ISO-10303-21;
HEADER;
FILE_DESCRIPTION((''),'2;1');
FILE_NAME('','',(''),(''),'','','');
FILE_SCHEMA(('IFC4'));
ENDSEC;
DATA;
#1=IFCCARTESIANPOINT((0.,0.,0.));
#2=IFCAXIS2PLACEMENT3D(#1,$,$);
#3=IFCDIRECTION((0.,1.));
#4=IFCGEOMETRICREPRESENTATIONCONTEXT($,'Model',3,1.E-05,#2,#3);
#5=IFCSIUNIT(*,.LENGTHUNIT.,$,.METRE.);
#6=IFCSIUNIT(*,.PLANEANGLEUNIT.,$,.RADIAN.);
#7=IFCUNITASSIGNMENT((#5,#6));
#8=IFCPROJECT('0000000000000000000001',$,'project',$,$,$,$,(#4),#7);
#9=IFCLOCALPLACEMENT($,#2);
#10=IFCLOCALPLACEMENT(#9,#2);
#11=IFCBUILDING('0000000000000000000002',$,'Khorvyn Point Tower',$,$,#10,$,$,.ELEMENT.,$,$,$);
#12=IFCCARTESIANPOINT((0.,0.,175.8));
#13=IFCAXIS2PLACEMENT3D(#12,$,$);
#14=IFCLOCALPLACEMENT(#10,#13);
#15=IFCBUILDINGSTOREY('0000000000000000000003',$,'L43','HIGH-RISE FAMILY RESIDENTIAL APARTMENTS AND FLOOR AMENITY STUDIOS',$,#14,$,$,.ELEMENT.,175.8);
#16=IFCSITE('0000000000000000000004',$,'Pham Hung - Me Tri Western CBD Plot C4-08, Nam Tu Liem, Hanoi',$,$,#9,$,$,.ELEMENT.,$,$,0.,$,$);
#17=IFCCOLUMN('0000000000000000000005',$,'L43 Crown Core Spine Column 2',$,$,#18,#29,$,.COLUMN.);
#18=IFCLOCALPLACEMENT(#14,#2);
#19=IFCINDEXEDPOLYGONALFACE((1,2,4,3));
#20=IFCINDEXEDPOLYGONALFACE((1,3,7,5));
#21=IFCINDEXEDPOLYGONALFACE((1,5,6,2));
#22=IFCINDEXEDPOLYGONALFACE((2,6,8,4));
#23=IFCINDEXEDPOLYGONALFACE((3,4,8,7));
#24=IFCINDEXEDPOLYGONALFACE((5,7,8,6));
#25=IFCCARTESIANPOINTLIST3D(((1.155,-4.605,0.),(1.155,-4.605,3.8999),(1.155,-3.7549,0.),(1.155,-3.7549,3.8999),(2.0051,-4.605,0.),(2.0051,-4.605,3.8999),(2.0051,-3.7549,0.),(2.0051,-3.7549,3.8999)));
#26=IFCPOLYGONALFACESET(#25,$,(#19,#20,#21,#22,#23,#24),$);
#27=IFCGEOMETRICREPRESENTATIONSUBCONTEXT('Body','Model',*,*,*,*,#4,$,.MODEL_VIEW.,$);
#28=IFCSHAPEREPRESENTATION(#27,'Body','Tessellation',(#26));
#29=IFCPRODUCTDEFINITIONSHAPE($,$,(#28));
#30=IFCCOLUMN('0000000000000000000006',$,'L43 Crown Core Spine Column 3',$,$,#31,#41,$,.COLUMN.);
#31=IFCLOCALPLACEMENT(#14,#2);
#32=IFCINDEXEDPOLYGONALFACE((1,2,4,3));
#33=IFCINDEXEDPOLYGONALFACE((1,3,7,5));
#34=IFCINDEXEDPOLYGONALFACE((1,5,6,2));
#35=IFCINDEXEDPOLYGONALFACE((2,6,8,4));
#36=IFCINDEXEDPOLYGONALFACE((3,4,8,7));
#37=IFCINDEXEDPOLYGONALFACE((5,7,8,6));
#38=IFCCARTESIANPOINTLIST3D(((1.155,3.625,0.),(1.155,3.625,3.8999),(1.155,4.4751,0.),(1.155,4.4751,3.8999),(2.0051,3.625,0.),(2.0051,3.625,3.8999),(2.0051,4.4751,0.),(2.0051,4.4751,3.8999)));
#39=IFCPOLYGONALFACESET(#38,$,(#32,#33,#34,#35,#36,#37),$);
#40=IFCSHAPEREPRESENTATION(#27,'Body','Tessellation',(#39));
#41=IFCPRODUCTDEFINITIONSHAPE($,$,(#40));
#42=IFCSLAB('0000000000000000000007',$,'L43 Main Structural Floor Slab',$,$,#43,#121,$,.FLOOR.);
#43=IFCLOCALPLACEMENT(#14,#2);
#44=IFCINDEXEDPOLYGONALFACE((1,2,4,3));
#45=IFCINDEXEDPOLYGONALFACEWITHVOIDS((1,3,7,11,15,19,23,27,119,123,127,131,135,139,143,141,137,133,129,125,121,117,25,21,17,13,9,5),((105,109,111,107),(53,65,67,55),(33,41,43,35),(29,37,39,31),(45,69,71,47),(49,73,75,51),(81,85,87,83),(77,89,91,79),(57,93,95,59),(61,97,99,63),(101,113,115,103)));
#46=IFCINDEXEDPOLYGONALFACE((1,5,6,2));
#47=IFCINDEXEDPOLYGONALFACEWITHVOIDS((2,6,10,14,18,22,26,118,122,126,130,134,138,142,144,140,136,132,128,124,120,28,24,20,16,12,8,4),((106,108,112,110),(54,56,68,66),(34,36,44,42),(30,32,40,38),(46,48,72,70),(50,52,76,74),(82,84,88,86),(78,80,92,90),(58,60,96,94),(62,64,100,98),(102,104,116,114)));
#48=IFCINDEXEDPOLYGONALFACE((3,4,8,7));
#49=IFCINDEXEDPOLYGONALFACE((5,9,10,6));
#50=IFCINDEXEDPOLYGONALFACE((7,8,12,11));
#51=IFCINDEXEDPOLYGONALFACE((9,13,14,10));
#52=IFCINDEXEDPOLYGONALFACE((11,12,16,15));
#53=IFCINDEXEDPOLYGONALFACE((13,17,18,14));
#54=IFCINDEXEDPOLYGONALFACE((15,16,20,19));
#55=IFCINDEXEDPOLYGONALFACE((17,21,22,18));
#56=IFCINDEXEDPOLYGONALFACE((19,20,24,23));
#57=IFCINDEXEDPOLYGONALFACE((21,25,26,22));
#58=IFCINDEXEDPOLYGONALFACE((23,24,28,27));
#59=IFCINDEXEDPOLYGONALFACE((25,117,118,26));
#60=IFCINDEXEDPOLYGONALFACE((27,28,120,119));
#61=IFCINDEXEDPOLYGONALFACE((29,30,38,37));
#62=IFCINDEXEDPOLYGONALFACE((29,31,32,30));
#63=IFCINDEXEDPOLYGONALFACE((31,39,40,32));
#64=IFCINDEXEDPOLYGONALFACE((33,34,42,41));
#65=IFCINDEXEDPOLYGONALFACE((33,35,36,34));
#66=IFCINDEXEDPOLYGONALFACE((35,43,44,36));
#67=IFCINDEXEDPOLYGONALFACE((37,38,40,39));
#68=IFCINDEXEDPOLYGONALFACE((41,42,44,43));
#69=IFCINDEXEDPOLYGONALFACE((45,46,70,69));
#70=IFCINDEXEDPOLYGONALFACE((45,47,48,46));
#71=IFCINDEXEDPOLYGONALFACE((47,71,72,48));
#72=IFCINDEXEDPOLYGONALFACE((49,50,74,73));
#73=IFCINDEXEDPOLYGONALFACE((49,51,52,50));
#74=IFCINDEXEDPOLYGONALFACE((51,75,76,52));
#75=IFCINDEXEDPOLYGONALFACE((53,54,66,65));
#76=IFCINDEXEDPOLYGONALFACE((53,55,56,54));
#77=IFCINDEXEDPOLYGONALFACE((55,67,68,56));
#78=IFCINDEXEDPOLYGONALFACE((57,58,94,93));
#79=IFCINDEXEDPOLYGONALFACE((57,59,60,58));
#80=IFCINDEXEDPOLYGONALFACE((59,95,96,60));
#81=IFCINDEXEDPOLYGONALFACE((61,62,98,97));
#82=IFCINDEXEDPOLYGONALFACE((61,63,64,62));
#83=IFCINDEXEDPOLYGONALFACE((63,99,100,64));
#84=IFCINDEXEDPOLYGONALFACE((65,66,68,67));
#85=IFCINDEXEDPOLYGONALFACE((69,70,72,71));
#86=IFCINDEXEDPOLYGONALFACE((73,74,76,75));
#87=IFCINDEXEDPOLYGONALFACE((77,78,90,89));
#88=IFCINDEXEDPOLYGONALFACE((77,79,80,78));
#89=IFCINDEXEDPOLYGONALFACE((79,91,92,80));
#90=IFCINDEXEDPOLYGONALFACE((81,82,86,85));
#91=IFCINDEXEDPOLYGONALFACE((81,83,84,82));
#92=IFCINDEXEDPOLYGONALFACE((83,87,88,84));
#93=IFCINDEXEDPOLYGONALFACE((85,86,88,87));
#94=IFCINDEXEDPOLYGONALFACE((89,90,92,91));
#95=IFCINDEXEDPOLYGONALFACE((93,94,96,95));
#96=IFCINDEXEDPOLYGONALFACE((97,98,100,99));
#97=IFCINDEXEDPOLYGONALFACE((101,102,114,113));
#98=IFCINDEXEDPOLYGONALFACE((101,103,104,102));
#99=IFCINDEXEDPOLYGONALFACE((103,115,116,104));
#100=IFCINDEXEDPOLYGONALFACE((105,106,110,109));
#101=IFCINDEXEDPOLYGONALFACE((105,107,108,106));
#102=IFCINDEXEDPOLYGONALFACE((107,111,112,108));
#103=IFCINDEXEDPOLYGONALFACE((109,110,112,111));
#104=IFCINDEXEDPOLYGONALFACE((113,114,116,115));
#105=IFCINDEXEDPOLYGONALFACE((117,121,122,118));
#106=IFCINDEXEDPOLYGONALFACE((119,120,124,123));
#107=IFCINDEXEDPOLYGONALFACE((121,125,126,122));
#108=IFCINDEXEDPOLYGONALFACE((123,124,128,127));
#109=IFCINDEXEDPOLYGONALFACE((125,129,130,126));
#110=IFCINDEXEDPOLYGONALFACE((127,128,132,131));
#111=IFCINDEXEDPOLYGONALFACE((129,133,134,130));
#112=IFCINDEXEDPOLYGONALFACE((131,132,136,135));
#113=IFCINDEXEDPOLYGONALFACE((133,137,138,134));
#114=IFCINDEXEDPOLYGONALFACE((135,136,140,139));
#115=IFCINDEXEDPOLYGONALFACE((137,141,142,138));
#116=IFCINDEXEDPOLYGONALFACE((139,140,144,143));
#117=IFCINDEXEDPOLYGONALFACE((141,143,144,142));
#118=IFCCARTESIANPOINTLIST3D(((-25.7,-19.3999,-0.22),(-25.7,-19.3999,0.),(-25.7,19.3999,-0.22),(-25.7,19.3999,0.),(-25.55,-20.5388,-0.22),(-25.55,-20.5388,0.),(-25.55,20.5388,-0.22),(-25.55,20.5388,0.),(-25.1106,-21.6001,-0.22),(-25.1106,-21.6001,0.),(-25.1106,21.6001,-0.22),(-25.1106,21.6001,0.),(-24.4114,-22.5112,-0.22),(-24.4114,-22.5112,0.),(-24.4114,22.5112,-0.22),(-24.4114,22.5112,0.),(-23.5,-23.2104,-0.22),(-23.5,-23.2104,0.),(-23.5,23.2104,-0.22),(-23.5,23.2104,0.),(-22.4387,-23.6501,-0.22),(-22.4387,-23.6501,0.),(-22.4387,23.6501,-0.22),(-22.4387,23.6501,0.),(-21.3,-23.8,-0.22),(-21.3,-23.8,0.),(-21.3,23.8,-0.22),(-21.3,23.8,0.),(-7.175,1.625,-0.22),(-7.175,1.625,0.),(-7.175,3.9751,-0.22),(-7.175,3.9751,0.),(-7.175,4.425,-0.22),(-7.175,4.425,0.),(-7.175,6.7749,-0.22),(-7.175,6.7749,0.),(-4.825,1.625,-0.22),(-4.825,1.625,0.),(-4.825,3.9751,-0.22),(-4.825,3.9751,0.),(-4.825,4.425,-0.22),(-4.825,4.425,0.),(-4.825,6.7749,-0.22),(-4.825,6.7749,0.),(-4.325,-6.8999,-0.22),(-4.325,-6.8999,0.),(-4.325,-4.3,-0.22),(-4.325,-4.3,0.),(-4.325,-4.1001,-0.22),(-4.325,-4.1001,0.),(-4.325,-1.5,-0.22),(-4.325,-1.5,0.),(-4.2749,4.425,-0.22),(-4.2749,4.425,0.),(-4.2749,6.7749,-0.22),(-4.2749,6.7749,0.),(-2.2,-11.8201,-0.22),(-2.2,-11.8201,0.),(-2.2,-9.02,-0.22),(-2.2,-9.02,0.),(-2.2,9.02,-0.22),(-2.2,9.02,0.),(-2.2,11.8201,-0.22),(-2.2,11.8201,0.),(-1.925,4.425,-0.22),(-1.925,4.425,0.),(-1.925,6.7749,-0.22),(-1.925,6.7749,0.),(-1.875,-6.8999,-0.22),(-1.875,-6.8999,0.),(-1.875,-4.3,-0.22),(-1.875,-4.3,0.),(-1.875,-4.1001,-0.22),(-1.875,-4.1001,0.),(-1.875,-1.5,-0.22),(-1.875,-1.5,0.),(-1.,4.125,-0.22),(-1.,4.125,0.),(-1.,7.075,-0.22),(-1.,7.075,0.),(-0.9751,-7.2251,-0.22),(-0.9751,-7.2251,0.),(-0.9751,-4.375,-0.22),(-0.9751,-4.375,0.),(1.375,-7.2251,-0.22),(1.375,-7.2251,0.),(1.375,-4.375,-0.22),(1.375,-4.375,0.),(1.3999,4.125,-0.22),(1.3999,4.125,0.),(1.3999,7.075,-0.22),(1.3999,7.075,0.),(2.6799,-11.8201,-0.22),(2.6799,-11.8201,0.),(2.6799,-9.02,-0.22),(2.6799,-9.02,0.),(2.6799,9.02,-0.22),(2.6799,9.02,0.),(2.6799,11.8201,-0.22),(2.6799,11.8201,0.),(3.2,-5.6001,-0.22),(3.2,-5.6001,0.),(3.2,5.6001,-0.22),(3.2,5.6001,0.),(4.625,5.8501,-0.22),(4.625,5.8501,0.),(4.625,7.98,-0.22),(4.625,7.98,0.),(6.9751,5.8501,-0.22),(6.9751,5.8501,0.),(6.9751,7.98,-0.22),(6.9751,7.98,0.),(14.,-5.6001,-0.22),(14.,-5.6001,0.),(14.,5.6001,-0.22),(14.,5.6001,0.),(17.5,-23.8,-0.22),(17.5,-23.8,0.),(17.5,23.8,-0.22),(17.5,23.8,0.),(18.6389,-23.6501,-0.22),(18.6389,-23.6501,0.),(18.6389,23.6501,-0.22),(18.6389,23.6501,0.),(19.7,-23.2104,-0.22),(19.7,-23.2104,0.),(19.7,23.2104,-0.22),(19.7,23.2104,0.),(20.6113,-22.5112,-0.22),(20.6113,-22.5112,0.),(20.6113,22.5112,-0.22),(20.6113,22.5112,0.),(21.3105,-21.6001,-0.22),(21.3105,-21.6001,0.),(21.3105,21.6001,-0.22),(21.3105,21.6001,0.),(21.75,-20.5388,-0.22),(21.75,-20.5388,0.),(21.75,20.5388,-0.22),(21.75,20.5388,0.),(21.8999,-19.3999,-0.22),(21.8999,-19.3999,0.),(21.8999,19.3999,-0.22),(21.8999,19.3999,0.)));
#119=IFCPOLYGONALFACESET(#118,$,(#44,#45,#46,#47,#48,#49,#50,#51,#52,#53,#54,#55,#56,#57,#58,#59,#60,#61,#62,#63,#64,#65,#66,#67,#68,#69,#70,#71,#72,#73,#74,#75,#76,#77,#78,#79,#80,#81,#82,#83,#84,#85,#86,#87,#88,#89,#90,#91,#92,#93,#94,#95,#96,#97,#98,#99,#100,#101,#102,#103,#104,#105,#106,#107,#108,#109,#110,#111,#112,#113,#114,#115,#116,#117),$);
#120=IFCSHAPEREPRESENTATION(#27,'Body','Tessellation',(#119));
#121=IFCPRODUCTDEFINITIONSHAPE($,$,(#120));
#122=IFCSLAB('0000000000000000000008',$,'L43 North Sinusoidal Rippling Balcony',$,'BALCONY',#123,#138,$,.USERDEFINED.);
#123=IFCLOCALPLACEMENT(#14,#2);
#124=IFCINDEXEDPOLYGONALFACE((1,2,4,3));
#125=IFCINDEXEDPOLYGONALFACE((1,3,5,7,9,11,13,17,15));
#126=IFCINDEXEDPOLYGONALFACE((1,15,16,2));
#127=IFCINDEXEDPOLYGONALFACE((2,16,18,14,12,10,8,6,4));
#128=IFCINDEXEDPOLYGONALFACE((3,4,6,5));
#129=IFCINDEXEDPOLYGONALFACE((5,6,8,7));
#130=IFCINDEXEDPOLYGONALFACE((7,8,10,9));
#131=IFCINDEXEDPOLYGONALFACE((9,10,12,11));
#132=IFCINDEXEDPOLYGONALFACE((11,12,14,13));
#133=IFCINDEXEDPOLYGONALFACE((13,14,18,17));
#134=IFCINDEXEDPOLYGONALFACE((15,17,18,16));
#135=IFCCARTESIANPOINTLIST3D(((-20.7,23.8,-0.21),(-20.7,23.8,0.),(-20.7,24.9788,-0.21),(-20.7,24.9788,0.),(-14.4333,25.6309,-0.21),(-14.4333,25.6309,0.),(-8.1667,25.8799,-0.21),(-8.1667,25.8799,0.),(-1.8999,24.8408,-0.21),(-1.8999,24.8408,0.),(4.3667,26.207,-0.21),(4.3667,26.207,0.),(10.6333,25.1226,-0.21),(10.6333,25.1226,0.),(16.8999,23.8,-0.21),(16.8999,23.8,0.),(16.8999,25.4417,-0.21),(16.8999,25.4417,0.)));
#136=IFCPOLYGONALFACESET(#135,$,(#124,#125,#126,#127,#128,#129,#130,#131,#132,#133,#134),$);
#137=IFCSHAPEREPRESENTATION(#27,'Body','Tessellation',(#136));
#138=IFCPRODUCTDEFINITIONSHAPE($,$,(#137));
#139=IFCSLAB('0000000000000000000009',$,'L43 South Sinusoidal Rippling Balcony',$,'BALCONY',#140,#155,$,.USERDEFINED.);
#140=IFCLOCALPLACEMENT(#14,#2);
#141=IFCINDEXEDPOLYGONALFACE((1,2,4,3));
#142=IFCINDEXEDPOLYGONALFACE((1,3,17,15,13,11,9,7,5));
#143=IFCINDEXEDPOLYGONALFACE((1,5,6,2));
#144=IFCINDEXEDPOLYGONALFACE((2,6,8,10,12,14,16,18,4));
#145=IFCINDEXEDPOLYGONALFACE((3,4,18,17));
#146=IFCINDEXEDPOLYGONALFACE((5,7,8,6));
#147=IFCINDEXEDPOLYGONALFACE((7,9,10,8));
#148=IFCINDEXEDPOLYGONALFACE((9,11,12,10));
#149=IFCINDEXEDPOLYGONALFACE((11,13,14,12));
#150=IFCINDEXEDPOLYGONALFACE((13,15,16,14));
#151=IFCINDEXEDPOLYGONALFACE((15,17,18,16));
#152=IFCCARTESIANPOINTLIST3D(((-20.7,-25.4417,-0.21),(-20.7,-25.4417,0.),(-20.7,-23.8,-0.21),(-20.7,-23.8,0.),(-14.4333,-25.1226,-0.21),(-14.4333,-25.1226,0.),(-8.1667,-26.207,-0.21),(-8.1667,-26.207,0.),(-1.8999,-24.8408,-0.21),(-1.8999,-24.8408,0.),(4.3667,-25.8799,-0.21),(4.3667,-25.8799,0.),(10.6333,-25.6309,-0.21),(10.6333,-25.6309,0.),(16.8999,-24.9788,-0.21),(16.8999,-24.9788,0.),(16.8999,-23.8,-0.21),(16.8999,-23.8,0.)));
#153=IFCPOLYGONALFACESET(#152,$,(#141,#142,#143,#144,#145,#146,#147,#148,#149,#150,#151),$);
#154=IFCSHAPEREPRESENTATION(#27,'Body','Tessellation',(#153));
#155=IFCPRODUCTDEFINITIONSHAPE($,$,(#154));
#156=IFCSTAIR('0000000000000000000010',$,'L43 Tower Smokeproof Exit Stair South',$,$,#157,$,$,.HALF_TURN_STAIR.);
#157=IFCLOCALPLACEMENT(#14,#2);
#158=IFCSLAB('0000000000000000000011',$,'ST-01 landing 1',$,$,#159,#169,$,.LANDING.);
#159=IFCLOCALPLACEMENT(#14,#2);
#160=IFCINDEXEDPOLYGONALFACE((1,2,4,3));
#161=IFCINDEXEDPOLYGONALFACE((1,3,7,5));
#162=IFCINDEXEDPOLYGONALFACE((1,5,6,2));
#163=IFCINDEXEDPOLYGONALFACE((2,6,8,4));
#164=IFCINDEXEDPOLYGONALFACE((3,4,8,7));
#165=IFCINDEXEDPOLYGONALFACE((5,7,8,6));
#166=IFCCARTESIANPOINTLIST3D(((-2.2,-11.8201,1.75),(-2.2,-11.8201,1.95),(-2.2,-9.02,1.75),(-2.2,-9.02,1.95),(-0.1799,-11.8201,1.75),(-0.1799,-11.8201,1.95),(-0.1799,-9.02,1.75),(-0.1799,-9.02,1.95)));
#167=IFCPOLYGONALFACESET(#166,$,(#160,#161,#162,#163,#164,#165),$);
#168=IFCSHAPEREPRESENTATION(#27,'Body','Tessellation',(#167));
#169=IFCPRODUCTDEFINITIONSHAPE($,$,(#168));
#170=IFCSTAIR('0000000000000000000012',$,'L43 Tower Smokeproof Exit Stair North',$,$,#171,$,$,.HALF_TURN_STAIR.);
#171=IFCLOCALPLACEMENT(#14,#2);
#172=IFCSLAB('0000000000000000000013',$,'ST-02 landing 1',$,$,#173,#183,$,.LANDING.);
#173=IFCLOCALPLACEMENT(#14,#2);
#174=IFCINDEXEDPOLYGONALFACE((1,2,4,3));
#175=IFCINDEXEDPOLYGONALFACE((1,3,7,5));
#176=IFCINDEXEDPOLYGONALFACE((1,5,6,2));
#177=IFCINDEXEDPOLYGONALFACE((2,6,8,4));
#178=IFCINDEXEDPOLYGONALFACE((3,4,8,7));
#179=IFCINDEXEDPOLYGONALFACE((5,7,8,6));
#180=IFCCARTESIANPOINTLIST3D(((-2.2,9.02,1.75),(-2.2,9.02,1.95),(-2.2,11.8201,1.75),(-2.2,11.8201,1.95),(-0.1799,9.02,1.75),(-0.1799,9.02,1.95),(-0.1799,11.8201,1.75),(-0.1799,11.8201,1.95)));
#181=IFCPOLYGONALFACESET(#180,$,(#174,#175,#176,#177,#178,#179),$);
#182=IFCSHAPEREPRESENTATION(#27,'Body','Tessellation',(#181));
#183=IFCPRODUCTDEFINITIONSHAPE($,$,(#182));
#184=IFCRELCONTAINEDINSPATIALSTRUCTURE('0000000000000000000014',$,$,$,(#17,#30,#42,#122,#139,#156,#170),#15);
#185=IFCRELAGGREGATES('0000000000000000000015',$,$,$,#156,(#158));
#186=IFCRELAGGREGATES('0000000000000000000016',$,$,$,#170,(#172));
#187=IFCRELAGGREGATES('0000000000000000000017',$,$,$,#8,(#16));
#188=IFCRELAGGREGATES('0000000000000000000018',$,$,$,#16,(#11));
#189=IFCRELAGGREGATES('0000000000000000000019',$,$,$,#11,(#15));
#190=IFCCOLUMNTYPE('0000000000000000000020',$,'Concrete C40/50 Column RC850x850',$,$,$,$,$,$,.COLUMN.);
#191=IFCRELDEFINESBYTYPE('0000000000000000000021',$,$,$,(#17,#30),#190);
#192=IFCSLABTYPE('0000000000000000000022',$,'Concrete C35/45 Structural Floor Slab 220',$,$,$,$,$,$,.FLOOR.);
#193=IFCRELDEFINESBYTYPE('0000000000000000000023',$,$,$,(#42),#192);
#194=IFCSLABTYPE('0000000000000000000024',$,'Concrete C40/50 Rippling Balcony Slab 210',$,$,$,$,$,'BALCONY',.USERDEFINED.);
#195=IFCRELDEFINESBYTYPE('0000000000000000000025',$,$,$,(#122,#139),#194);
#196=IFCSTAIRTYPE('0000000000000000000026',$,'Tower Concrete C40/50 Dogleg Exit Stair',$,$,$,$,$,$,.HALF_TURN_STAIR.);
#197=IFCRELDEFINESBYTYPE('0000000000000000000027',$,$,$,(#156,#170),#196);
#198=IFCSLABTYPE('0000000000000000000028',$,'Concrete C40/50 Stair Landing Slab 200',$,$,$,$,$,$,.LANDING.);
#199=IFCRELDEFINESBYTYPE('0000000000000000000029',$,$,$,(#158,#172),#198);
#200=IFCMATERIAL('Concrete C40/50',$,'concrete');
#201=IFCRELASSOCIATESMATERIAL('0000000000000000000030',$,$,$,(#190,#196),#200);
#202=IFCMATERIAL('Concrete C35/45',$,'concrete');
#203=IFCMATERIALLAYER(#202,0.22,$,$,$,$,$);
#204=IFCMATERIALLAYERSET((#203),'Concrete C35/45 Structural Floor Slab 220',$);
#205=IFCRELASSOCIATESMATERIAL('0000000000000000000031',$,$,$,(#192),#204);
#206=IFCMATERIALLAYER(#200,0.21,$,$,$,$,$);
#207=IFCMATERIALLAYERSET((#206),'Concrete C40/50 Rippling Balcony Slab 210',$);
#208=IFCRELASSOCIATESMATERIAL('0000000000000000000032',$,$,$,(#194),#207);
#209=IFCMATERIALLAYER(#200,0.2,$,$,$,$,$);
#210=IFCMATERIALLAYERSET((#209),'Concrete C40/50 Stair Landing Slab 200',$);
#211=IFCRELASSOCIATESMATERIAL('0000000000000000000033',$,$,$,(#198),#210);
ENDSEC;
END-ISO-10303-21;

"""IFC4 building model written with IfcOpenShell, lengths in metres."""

from ifc_helpers import new_model, si_unit, direction, frame, origin, origin_2d, place, context, subcontext, project, spatial, polyline, rectangle, outline, extrude, material, layer, layer_set, material_profile, profile_set, type_object, element, aggregate, save


model = new_model("IFC4")

# Units and contexts
model_context = context("Model", 3, precision=1e-05, world=origin(), true_north=direction((0.0, 1.0)))
body_context = subcontext(model_context, "Body", "Model", "MODEL_VIEW")
ifc_project = project(units=[si_unit("LENGTHUNIT", "METRE"), si_unit("PLANEANGLEUNIT", "RADIAN")], contexts=[model_context])

# Site, building, storey
site_placement = place(None, origin())
site = spatial("IfcSite", under=ifc_project, at=site_placement, Name="Pham Hung - Me Tri Western CBD Plot C4-08, Nam Tu Liem, Hanoi", CompositionType="ELEMENT", RefElevation=0.0)
building_placement = place(site_placement, origin())
building = spatial("IfcBuilding", under=site, at=building_placement, Name="Khorvyn Point Tower", CompositionType="ELEMENT")
storey_placement = place(building_placement, frame((0.0, 0.0, 175.8)))
storey = spatial("IfcBuildingStorey", under=building, at=storey_placement, Name="L43", Description="HIGH-RISE FAMILY RESIDENTIAL APARTMENTS AND FLOOR AMENITY STUDIOS", CompositionType="ELEMENT", Elevation=175.8)

# Columns
ifc_material_1 = material(Name="Concrete C40/50", Category="concrete")
ifc_material_profile = material_profile(ifc_material_1, rectangle(XDim=0.8501, YDim=0.8501, at=origin_2d()))
ifc_profile_set = profile_set([ifc_material_profile], Name="Concrete C40/50 RC850x850")
column_type = type_object("IfcColumnType", Name="Concrete C40/50 Column RC850x850", PredefinedType="COLUMN", material=ifc_profile_set)
for number, where, z_axis, x_axis, name in (
    (1, (1.5801, -4.1799, 0.0), (0.0, 0.0, 1.0), (1.0, 0.0, 0.0), "L43 Crown Core Spine Column 2"),
    (2, (1.5801, 4.05, 0.0), (0.0, 0.0, 1.0), (1.0, 0.0, 0.0), "L43 Crown Core Spine Column 3"),
):
    element("IfcColumn", number, at=place(storey_placement, frame(where, z_axis=z_axis, x_axis=x_axis)), inside=storey, type_object=column_type, Name=name, PredefinedType="COLUMN", context=body_context, shape_type="SweptSolid", body=[
        extrude(rectangle(XDim=0.8501, YDim=0.8501, at=origin_2d()), origin(), (0.0, 0.0, 1.0), 3.8999),
    ])

# Slabs
ifc_material_2 = material(Name="Concrete C35/45", Category="concrete")
ifc_layer_1 = layer(ifc_material_2, 0.22)
ifc_layer_set_1 = layer_set([ifc_layer_1], Name="Concrete C35/45 Structural Floor Slab 220")
slab_type_1 = type_object("IfcSlabType", Name="Concrete C35/45 Structural Floor Slab 220", PredefinedType="FLOOR", material=ifc_layer_set_1)
slab_1_placement = place(storey_placement, frame((0.0, 0.0, -0.22)))
element("IfcSlab", 3, at=slab_1_placement, inside=storey, type_object=slab_type_1, Name="L43 Main Structural Floor Slab", PredefinedType="FLOOR", context=body_context, shape_type="SweptSolid", body=[
    extrude(outline(polyline([(-21.3, -23.8), (-22.4387, -23.6501), (-23.5, -23.2104), (-24.4114, -22.5112), (-25.1106, -21.6001), (-25.55, -20.5388), (-25.7, -19.3999), (-25.7, 19.3999), (-25.55, 20.5388), (-25.1106, 21.6001), (-24.4114, 22.5112), (-23.5, 23.2104), (-22.4387, 23.6501), (-21.3, 23.8), (17.5, 23.8), (18.6389, 23.6501), (19.7, 23.2104), (20.6113, 22.5112), (21.3105, 21.6001), (21.75, 20.5388), (21.8999, 19.3999), (21.8999, -19.3999), (21.75, -20.5388), (21.3105, -21.6001), (20.6113, -22.5112), (19.7, -23.2104), (18.6389, -23.6501), (17.5, -23.8), (-21.3, -23.8)]), holes=[polyline([(-1.875, -6.8999), (-1.875, -4.3), (-4.325, -4.3), (-4.325, -6.8999), (-1.875, -6.8999)]), polyline([(-1.875, -4.1001), (-1.875, -1.5), (-4.325, -1.5), (-4.325, -4.1001), (-1.875, -4.1001)]), polyline([(-4.825, 1.625), (-4.825, 3.9751), (-7.175, 3.9751), (-7.175, 1.625), (-4.825, 1.625)]), polyline([(-7.175, 4.425), (-4.825, 4.425), (-4.825, 6.7749), (-7.175, 6.7749), (-7.175, 4.425)]), polyline([(-4.2749, 4.425), (-1.925, 4.425), (-1.925, 6.7749), (-4.2749, 6.7749), (-4.2749, 4.425)]), polyline([(1.3999, 4.125), (1.3999, 7.075), (-1.0, 7.075), (-1.0, 4.125), (1.3999, 4.125)]), polyline([(-2.2, -11.8201), (2.6799, -11.8201), (2.6799, -9.02), (-2.2, -9.02), (-2.2, -11.8201)]), polyline([(-0.9751, -7.2251), (1.375, -7.2251), (1.375, -4.375), (-0.9751, -4.375), (-0.9751, -7.2251)]), polyline([(14.0, -5.6001), (14.0, 5.6001), (3.2, 5.6001), (3.2, -5.6001), (14.0, -5.6001)]), polyline([(4.625, 5.8501), (6.9751, 5.8501), (6.9751, 7.98), (4.625, 7.98), (4.625, 5.8501)]), polyline([(-2.2, 9.02), (2.6799, 9.02), (2.6799, 11.8201), (-2.2, 11.8201), (-2.2, 9.02)])]), origin(), (0.0, 0.0, 1.0), 0.22),
])
ifc_layer_2 = layer(ifc_material_1, 0.21)
ifc_layer_set_2 = layer_set([ifc_layer_2], Name="Concrete C40/50 Rippling Balcony Slab 210")
slab_type_2 = type_object("IfcSlabType", Name="Concrete C40/50 Rippling Balcony Slab 210", ElementType="BALCONY", PredefinedType="USERDEFINED", material=ifc_layer_set_2)
slab_2_placement = place(storey_placement, frame((0.0, 0.0, -0.21)))
element("IfcSlab", 4, at=slab_2_placement, inside=storey, type_object=slab_type_2, Name="L43 North Sinusoidal Rippling Balcony", ObjectType="BALCONY", PredefinedType="USERDEFINED", context=body_context, shape_type="SweptSolid", body=[
    extrude(outline(polyline([(16.8999, 23.8), (16.8999, 25.4417), (10.6333, 25.1226), (4.3667, 26.207), (-1.8999, 24.8408), (-8.1667, 25.8799), (-14.4333, 25.6309), (-20.7, 24.9788), (-20.7, 23.8), (16.8999, 23.8)])), origin(), (0.0, 0.0, 1.0), 0.21),
])
slab_3_placement = place(storey_placement, frame((0.0, 0.0, -0.21)))
element("IfcSlab", 5, at=slab_3_placement, inside=storey, type_object=slab_type_2, Name="L43 South Sinusoidal Rippling Balcony", ObjectType="BALCONY", PredefinedType="USERDEFINED", context=body_context, shape_type="SweptSolid", body=[
    extrude(outline(polyline([(-20.7, -23.8), (-20.7, -25.4417), (-14.4333, -25.1226), (-8.1667, -26.207), (-1.8999, -24.8408), (4.3667, -25.8799), (10.6333, -25.6309), (16.8999, -24.9788), (16.8999, -23.8), (-20.7, -23.8)])), origin(), (0.0, 0.0, 1.0), 0.21),
])

# Stairs, slabs
stair_type = type_object("IfcStairType", Name="Tower Concrete C40/50 Dogleg Exit Stair", PredefinedType="HALF_TURN_STAIR", material=ifc_material_1)
stair_1_placement = place(storey_placement, origin())
stair_1 = element("IfcStair", 6, at=stair_1_placement, inside=storey, type_object=stair_type, Name="L43 Tower Smokeproof Exit Stair South", PredefinedType="HALF_TURN_STAIR")
ifc_layer_3 = layer(ifc_material_1, 0.2)
ifc_layer_set_3 = layer_set([ifc_layer_3], Name="Concrete C40/50 Stair Landing Slab 200")
slab_type_3 = type_object("IfcSlabType", Name="Concrete C40/50 Stair Landing Slab 200", PredefinedType="LANDING", material=ifc_layer_set_3)
slab_4_placement = place(storey_placement, frame((0.0, 0.0, 1.75)))
slab_4 = element("IfcSlab", 7, at=slab_4_placement, type_object=slab_type_3, Name="ST-01 landing 1", PredefinedType="LANDING", context=body_context, shape_type="SweptSolid", body=[
    extrude(outline(polyline([(-0.1799, -9.02), (-2.2, -9.02), (-2.2, -11.8201), (-0.1799, -11.8201), (-0.1799, -9.02)])), origin(), (0.0, 0.0, 1.0), 0.2),
])
aggregate(stair_1, [slab_4])
stair_2_placement = place(storey_placement, origin())
stair_2 = element("IfcStair", 8, at=stair_2_placement, inside=storey, type_object=stair_type, Name="L43 Tower Smokeproof Exit Stair North", PredefinedType="HALF_TURN_STAIR")
slab_5_placement = place(storey_placement, frame((0.0, 0.0, 1.75)))
slab_5 = element("IfcSlab", 9, at=slab_5_placement, type_object=slab_type_3, Name="ST-02 landing 1", PredefinedType="LANDING", context=body_context, shape_type="SweptSolid", body=[
    extrude(outline(polyline([(-0.1799, 11.8201), (-2.2, 11.8201), (-2.2, 9.02), (-0.1799, 9.02), (-0.1799, 11.8201)])), origin(), (0.0, 0.0, 1.0), 0.2),
])

aggregate(stair_2, [slab_5])

save(model, "model.ifc")
